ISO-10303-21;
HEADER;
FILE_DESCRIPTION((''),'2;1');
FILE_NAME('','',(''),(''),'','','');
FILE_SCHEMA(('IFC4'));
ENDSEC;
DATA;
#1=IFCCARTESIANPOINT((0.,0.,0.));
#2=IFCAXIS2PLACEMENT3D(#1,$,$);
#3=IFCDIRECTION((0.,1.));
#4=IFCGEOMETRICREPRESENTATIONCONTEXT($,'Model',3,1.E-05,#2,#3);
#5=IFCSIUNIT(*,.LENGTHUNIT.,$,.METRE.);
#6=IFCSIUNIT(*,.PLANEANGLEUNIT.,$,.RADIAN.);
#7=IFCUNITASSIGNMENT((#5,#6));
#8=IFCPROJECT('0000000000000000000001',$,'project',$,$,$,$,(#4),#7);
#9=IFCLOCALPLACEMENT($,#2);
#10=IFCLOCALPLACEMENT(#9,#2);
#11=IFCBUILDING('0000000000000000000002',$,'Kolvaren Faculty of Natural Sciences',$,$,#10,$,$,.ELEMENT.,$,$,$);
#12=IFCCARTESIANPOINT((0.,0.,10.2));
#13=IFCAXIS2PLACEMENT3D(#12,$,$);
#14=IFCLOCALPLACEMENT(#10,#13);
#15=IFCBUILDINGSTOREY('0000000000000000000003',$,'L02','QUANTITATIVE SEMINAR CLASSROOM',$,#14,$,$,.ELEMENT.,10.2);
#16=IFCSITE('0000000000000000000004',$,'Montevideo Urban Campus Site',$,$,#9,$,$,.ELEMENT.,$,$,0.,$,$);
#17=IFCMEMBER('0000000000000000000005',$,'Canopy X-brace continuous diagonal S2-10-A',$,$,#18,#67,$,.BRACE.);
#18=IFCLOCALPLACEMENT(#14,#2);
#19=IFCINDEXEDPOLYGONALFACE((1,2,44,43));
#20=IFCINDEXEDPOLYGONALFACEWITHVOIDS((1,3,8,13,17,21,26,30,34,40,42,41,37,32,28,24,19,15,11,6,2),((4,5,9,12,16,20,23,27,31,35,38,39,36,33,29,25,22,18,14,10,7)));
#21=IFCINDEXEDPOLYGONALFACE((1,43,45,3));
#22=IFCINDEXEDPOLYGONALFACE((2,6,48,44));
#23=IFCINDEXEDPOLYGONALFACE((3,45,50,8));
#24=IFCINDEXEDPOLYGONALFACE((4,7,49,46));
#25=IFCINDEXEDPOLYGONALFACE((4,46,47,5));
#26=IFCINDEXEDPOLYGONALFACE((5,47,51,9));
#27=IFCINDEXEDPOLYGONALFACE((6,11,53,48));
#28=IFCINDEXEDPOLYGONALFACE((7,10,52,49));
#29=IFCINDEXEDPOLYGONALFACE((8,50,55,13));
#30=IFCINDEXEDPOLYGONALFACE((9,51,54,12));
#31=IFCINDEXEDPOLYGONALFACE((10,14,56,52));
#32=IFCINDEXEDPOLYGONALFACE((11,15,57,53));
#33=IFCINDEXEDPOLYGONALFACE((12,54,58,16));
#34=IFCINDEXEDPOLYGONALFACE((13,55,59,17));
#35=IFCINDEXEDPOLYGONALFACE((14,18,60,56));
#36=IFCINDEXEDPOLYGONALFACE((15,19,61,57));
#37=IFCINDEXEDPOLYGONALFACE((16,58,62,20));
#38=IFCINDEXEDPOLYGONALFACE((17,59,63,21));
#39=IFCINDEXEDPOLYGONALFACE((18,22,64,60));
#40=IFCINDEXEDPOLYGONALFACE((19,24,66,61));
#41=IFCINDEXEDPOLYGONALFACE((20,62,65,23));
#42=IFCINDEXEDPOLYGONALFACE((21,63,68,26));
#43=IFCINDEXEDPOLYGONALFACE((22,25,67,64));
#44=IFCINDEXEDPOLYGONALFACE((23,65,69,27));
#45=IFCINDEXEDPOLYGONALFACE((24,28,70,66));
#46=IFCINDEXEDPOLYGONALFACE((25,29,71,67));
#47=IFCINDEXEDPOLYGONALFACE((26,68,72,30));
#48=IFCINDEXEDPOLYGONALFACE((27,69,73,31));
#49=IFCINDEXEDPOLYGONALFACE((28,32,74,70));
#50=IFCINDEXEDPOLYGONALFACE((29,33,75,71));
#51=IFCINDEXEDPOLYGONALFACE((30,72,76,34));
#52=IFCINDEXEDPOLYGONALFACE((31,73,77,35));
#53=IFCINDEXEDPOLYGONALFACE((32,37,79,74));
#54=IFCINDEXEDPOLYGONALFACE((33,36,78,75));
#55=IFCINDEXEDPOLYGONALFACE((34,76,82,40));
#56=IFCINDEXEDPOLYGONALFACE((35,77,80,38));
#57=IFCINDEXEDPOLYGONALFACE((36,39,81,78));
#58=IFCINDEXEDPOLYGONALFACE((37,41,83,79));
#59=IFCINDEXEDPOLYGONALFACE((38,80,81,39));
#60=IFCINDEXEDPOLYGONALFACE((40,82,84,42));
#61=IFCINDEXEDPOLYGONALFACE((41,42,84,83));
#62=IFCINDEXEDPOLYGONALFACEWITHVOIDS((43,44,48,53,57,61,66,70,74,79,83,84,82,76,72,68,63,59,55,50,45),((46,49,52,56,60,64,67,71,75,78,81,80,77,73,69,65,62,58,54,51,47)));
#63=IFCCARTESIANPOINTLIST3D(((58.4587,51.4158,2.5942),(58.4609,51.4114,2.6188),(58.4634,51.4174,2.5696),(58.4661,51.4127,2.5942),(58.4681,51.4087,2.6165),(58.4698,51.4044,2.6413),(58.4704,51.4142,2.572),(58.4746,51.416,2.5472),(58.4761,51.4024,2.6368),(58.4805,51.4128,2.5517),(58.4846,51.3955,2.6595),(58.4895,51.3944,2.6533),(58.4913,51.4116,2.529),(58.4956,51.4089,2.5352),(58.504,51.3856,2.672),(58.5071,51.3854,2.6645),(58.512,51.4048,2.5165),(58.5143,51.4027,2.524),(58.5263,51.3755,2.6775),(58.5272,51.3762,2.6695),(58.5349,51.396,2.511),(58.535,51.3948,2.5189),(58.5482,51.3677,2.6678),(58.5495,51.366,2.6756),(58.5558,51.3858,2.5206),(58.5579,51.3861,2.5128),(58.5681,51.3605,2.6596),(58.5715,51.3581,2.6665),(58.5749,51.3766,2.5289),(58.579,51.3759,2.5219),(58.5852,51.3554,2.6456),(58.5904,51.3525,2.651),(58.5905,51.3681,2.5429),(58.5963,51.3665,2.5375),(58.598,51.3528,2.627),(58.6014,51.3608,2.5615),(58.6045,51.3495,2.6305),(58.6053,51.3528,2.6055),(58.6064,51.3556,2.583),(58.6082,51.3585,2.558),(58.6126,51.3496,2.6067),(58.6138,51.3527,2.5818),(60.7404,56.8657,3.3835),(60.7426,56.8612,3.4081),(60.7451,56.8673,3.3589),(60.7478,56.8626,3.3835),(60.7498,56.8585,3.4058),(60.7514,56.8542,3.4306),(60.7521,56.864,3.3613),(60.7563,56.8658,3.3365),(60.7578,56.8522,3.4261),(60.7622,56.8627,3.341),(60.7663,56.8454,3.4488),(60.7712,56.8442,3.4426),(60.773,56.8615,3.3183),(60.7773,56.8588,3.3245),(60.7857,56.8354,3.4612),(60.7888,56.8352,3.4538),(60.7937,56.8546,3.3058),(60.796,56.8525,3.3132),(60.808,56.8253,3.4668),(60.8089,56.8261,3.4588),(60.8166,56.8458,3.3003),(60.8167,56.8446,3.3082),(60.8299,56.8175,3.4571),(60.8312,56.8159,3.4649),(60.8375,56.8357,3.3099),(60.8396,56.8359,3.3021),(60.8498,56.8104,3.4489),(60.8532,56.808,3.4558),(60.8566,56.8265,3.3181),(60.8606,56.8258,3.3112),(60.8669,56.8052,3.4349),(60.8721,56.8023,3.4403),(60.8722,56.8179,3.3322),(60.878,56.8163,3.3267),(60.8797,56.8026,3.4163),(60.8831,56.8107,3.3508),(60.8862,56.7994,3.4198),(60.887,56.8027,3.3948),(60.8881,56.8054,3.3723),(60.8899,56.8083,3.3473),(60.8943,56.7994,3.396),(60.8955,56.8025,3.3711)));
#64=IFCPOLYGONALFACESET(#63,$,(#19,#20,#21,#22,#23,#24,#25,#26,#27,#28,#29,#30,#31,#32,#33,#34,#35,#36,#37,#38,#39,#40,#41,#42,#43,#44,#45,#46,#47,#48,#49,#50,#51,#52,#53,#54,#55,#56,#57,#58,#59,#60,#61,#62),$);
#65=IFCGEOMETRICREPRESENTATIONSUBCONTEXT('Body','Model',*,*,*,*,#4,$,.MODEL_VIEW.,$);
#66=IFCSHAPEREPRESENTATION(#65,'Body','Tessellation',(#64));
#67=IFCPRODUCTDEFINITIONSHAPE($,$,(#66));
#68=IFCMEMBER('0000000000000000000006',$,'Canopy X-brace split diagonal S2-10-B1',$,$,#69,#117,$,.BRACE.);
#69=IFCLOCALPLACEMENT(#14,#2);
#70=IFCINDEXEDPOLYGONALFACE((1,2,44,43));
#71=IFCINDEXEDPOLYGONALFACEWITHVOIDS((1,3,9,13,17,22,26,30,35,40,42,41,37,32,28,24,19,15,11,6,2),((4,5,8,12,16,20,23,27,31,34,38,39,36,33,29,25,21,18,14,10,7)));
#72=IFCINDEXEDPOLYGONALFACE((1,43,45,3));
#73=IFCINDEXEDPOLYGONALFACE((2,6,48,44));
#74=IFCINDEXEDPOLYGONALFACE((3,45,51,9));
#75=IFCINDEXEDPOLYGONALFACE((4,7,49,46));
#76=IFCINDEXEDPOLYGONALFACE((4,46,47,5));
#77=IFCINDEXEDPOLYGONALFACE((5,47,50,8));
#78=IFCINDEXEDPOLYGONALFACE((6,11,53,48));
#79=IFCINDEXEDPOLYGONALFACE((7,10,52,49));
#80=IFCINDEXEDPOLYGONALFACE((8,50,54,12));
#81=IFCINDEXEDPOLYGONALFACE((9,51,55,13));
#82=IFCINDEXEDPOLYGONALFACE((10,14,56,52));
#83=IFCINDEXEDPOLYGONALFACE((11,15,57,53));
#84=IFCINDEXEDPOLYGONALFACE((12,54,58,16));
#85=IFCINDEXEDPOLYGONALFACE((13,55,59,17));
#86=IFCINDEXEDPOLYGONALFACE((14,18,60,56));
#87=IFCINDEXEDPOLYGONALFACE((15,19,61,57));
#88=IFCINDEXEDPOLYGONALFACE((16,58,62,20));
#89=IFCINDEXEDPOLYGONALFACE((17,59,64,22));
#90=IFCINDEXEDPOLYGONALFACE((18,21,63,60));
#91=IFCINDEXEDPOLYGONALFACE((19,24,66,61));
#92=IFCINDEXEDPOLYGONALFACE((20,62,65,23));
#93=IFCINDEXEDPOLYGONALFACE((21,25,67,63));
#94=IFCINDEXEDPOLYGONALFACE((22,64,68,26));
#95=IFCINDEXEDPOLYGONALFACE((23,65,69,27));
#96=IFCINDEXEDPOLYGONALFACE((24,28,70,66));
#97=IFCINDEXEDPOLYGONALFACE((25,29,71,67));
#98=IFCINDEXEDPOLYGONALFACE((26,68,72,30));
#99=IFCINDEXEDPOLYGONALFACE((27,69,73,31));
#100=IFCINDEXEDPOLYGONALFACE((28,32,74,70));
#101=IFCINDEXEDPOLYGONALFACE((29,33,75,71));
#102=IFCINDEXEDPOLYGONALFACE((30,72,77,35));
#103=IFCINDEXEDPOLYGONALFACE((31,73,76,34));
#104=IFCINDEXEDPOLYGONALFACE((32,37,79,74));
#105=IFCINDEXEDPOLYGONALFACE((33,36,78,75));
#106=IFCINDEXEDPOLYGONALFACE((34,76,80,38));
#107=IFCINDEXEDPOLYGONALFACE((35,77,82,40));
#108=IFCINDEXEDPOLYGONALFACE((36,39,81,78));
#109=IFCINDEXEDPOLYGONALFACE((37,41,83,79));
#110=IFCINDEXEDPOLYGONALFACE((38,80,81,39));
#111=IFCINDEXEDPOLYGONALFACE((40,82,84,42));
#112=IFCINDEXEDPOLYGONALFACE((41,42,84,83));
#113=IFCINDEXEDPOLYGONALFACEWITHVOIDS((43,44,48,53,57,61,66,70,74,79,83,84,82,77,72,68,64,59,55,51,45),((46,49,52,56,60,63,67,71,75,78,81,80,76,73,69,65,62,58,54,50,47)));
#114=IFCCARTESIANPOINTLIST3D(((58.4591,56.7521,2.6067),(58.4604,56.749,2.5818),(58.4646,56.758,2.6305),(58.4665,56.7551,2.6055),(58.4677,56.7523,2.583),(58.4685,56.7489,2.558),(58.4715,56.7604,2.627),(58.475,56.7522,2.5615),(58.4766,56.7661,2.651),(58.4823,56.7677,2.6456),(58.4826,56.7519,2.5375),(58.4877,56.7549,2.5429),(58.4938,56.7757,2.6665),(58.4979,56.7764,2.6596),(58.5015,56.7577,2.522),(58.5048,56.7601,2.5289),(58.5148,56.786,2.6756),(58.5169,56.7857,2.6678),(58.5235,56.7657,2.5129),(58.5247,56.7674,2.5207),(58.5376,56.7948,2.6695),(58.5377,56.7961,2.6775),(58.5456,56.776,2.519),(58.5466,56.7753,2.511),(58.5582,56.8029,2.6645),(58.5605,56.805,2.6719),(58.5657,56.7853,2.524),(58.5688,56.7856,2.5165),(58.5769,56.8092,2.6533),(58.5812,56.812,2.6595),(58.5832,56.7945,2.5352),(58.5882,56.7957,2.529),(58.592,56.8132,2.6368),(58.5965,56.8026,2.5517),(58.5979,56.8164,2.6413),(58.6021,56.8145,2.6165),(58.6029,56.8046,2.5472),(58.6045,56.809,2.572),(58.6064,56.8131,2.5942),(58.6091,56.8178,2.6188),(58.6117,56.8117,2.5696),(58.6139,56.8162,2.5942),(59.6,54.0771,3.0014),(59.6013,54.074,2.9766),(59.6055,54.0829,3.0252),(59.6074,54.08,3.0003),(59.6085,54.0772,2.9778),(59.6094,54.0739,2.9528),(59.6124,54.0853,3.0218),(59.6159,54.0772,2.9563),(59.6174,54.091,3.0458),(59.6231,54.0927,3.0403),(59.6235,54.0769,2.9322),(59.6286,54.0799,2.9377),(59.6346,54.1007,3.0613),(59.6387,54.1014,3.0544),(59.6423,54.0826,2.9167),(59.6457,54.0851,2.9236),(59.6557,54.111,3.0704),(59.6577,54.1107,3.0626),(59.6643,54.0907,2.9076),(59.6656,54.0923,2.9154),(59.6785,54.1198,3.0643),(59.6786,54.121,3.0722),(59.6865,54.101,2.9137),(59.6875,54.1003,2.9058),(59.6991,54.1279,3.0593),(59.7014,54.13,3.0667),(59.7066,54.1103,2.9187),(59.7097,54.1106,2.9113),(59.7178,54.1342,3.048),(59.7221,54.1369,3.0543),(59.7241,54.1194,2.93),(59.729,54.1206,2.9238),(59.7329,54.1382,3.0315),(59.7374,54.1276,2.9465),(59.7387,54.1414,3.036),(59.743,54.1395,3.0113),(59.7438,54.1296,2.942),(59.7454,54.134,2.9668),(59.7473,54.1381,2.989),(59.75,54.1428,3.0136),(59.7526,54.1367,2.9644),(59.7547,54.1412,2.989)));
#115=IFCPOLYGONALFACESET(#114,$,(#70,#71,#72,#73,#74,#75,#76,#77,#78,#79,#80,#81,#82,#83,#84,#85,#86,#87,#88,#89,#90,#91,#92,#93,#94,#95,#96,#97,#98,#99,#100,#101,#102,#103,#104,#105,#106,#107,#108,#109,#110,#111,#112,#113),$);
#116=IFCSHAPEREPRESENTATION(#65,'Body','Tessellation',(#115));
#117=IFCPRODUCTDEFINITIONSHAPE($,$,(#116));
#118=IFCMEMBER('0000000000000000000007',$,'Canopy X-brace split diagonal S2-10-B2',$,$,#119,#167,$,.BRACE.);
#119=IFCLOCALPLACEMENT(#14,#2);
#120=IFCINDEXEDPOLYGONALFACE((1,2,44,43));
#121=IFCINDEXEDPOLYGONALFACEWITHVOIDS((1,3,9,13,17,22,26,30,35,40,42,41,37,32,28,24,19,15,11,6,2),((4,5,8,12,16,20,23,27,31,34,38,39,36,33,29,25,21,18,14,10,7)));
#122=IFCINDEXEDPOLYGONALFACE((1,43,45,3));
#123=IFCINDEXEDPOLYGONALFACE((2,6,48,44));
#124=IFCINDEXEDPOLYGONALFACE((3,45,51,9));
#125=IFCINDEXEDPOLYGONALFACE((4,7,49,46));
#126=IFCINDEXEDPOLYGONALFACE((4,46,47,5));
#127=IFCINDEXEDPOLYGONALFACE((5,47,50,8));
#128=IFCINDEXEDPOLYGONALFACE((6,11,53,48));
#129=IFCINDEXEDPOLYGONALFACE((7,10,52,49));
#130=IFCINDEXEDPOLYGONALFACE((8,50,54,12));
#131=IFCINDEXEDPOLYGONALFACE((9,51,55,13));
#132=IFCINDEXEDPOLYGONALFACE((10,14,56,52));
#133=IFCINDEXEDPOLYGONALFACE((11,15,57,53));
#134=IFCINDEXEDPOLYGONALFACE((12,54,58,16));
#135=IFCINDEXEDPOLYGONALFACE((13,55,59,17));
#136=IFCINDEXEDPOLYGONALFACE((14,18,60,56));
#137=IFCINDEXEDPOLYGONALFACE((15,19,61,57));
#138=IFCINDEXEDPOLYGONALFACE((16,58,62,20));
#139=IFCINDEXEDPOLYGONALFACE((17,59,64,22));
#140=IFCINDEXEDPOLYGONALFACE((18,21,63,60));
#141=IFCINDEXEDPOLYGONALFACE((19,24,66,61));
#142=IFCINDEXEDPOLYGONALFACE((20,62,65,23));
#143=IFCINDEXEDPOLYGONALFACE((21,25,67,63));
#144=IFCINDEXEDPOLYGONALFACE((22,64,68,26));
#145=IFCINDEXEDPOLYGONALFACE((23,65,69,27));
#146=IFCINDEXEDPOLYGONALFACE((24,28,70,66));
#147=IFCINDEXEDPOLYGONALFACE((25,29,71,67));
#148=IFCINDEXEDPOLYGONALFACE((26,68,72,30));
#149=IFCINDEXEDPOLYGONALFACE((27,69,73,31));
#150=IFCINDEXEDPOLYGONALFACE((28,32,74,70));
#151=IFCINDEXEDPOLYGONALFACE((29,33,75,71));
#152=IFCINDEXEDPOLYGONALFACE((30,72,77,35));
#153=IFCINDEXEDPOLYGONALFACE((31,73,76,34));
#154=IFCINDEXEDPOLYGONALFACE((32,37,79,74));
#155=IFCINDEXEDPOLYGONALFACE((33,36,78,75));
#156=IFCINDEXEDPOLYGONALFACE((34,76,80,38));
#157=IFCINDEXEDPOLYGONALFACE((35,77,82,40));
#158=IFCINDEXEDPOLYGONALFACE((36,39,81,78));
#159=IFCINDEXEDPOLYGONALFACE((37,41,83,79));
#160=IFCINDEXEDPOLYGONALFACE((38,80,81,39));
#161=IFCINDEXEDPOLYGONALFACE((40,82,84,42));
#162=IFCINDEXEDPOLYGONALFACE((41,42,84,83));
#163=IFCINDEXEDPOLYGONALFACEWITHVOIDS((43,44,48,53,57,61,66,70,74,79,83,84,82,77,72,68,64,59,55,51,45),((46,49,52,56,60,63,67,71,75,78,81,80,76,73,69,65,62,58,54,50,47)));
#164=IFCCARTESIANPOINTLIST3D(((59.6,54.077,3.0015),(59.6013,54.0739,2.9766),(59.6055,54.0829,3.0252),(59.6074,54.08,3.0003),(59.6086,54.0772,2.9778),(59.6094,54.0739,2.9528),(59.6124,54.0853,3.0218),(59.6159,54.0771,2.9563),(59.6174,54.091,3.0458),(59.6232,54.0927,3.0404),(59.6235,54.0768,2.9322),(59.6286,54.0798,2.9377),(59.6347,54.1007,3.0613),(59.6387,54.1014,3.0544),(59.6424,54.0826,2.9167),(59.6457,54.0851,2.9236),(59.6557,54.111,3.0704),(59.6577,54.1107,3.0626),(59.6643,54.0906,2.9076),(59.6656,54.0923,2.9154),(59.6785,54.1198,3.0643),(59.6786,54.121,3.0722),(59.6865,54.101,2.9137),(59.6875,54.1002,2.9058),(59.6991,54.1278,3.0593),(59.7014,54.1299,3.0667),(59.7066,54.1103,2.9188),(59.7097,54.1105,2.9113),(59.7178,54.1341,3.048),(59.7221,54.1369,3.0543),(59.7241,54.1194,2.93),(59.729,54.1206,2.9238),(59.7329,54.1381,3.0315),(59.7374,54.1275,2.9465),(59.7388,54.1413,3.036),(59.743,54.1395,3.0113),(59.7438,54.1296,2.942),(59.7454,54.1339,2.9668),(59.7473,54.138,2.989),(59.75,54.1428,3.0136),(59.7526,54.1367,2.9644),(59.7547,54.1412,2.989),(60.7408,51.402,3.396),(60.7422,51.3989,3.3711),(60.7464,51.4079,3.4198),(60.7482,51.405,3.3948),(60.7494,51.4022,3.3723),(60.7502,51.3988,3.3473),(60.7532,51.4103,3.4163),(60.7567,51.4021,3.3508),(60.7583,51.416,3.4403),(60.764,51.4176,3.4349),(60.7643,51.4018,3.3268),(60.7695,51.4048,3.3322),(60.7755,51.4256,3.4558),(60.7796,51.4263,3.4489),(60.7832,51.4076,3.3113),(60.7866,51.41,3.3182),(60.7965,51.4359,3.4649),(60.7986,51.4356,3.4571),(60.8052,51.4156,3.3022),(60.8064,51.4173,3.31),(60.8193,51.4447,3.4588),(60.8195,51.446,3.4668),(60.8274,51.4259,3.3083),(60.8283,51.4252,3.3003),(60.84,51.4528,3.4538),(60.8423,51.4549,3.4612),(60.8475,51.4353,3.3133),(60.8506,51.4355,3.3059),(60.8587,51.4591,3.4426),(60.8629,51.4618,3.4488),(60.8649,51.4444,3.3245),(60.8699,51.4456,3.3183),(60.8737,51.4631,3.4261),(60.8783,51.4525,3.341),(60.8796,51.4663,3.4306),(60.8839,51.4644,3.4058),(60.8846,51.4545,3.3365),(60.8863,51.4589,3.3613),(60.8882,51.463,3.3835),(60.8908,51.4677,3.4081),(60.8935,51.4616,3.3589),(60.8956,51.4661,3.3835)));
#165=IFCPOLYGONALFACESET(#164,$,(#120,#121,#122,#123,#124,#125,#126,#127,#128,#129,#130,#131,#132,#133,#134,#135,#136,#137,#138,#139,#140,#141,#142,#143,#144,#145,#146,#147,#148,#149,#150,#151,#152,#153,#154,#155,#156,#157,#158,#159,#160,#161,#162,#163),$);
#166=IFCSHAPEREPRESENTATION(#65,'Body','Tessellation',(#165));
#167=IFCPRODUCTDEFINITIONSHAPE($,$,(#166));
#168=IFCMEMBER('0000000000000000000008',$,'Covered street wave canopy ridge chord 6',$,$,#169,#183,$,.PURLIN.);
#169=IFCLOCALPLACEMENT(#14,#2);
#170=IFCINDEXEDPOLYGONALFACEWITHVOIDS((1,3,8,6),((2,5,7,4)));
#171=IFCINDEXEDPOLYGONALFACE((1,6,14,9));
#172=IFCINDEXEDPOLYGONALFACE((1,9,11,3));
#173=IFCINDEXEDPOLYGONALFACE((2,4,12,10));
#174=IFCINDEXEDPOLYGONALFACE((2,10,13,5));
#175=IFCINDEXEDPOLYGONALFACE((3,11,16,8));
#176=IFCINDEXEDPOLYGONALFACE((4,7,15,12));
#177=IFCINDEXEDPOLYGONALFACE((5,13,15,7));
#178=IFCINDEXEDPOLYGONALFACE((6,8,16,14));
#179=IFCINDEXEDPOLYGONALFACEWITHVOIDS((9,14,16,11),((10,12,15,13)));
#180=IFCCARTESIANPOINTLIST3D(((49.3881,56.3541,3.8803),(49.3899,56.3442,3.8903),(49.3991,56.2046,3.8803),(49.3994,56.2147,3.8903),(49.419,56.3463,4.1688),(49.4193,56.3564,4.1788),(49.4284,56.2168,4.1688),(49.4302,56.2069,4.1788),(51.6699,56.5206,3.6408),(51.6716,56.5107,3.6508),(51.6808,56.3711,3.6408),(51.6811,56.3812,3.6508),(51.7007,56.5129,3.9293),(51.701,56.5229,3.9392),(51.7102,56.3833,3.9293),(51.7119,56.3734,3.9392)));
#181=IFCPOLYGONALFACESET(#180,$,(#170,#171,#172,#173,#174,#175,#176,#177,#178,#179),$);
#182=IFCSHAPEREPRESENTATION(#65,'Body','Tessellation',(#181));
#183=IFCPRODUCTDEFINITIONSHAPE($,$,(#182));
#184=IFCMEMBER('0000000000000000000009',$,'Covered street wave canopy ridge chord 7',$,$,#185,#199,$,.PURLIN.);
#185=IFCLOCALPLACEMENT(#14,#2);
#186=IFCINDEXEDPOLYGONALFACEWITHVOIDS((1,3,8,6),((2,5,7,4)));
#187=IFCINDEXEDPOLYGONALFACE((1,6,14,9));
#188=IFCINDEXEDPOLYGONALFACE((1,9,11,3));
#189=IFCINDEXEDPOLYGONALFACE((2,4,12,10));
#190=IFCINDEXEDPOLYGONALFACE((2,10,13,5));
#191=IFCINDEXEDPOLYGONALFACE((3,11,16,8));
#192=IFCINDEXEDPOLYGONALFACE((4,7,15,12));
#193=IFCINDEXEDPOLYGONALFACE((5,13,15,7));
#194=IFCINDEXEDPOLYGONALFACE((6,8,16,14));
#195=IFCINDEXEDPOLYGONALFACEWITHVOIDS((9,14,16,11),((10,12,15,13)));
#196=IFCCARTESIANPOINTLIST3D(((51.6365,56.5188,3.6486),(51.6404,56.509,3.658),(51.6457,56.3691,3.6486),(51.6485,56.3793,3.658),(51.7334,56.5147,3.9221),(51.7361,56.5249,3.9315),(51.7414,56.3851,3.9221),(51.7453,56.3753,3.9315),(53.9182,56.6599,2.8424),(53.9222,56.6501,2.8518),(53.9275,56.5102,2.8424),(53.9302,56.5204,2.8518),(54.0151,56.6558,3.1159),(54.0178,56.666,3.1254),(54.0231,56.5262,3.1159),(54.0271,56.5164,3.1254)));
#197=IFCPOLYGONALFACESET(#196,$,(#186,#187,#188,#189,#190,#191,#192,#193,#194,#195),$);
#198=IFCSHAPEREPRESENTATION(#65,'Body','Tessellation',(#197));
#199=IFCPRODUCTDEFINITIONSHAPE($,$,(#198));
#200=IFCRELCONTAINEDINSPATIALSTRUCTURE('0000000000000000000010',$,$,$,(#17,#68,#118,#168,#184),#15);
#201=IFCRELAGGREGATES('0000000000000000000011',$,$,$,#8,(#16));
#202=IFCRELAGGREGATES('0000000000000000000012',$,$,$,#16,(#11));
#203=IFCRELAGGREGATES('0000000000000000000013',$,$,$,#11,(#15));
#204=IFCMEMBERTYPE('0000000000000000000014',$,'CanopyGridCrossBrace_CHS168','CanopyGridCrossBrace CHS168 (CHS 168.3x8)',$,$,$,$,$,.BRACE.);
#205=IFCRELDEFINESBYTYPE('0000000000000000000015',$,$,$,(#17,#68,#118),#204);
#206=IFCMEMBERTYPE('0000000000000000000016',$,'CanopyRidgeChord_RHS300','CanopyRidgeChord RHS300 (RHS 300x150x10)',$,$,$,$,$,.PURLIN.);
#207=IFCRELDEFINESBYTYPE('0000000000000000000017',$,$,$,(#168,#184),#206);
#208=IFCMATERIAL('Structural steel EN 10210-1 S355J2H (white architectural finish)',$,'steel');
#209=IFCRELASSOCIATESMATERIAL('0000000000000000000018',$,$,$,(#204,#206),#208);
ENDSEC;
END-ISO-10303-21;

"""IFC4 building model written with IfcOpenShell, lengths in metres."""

from ifc_helpers import new_model, si_unit, direction, frame, origin, origin_2d, place, context, subcontext, project, spatial, hollow_rectangle, hollow_circle, extrude, material, material_profile, profile_set, type_object, element, save


model = new_model("IFC4")

# Units and contexts
model_context = context("Model", 3, precision=1e-05, world=origin(), true_north=direction((0.0, 1.0)))
body_context = subcontext(model_context, "Body", "Model", "MODEL_VIEW")
ifc_project = project(units=[si_unit("LENGTHUNIT", "METRE"), si_unit("PLANEANGLEUNIT", "RADIAN")], contexts=[model_context])

# Site, building, storey
site_placement = place(None, origin())
site = spatial("IfcSite", under=ifc_project, at=site_placement, Name="Montevideo Urban Campus Site", CompositionType="ELEMENT", RefElevation=0.0)
building_placement = place(site_placement, origin())
building = spatial("IfcBuilding", under=site, at=building_placement, Name="Kolvaren Faculty of Natural Sciences", CompositionType="ELEMENT")
storey_placement = place(building_placement, frame((0.0, 0.0, 10.2)))
storey = spatial("IfcBuildingStorey", under=building, at=storey_placement, Name="L02", Description="QUANTITATIVE SEMINAR CLASSROOM", CompositionType="ELEMENT", Elevation=10.2)

# Members
ifc_material_1 = material(Name="Structural steel EN 10210-1 S355J2H (white architectural finish)", Category="steel")
ifc_material_profile_1 = material_profile(ifc_material_1, hollow_circle(Radius=0.0842, WallThickness=0.0081, at=origin_2d()), Name="CHS 168.3x8")
ifc_profile_set_1 = profile_set([ifc_material_profile_1], Name="Structural steel EN 10210-1 S355J2H (white architectural finish)")
member_type_1 = type_object("IfcMemberType", Name="CanopyGridCrossBrace_CHS168", Description="CanopyGridCrossBrace CHS168 (CHS 168.3x8)", PredefinedType="BRACE", material=ifc_profile_set_1)
member_1_placement = place(storey_placement, frame((58.5364, 51.3833, 2.5942), z_axis=(0.38279, 0.914296, 0.132416), x_axis=(-0.922419, 0.38619, 0.0)))
element("IfcMember", 1, at=member_1_placement, inside=storey, type_object=member_type_1, Name="Canopy X-brace continuous diagonal S2-10-A", PredefinedType="BRACE", context=body_context, shape_type="SweptSolid", body=[
    extrude(hollow_circle(Radius=0.0842, WallThickness=0.0081, at=origin_2d()), origin(), (0.0, 0.0, 1.0), 5.9607),
])
for number, where, z_axis, x_axis, name in (
    (2, (58.5364, 56.7832, 2.5942), (0.388732, -0.911479, 0.134513), (0.919838, 0.392298, 0.0), "Canopy X-brace split diagonal S2-10-B1"),
    (3, (59.6772, 54.1082, 2.989), (0.388737, -0.911489, 0.134432), (0.919838, 0.392298, 0.0), "Canopy X-brace split diagonal S2-10-B2"),
):
    element("IfcMember", number, at=place(storey_placement, frame(where, z_axis=z_axis, x_axis=x_axis)), inside=storey, type_object=member_type_1, Name=name, PredefinedType="BRACE", context=body_context, shape_type="SweptSolid", body=[
        extrude(hollow_circle(Radius=0.0842, WallThickness=0.0081, at=origin_2d()), origin(), (0.0, 0.0, 1.0), 2.9348),
    ])
ifc_material_profile_2 = material_profile(ifc_material_1, hollow_rectangle(XDim=0.1499, YDim=0.3, WallThickness=0.01, at=origin_2d()), Name="RHS 300x150x10")
ifc_profile_set_2 = profile_set([ifc_material_profile_2], Name="Structural steel EN 10210-1 S355J2H (white architectural finish)")
member_type_2 = type_object("IfcMemberType", Name="CanopyRidgeChord_RHS300", Description="CanopyRidgeChord RHS300 (RHS 300x150x10)", PredefinedType="PURLIN", material=ifc_profile_set_2)
member_2_placement = place(storey_placement, frame((49.4092, 56.2805, 4.0295), z_axis=(0.991928, 0.072383, -0.104117), x_axis=(-0.072779, 0.997348, 0.0)))
element("IfcMember", 4, at=member_2_placement, inside=storey, type_object=member_type_2, Name="Covered street wave canopy ridge chord 6", PredefinedType="PURLIN", context=body_context, shape_type="SweptSolid", body=[
    extrude(hollow_rectangle(XDim=0.1499, YDim=0.3, WallThickness=0.01, at=origin_2d()), origin(), (0.0, 0.0, 1.0), 2.3003),
])
member_3_placement = place(storey_placement, frame((51.6909, 56.447, 3.79), z_axis=(0.941283, 0.058213, -0.332561), x_axis=(-0.061727, 0.998093, 0.0)))
element("IfcMember", 5, at=member_3_placement, inside=storey, type_object=member_type_2, Name="Covered street wave canopy ridge chord 7", PredefinedType="PURLIN", context=body_context, shape_type="SweptSolid", body=[
    extrude(hollow_rectangle(XDim=0.1499, YDim=0.3, WallThickness=0.01, at=origin_2d()), origin(), (0.0, 0.0, 1.0), 2.4241),
])

save(model, "model.ifc")
